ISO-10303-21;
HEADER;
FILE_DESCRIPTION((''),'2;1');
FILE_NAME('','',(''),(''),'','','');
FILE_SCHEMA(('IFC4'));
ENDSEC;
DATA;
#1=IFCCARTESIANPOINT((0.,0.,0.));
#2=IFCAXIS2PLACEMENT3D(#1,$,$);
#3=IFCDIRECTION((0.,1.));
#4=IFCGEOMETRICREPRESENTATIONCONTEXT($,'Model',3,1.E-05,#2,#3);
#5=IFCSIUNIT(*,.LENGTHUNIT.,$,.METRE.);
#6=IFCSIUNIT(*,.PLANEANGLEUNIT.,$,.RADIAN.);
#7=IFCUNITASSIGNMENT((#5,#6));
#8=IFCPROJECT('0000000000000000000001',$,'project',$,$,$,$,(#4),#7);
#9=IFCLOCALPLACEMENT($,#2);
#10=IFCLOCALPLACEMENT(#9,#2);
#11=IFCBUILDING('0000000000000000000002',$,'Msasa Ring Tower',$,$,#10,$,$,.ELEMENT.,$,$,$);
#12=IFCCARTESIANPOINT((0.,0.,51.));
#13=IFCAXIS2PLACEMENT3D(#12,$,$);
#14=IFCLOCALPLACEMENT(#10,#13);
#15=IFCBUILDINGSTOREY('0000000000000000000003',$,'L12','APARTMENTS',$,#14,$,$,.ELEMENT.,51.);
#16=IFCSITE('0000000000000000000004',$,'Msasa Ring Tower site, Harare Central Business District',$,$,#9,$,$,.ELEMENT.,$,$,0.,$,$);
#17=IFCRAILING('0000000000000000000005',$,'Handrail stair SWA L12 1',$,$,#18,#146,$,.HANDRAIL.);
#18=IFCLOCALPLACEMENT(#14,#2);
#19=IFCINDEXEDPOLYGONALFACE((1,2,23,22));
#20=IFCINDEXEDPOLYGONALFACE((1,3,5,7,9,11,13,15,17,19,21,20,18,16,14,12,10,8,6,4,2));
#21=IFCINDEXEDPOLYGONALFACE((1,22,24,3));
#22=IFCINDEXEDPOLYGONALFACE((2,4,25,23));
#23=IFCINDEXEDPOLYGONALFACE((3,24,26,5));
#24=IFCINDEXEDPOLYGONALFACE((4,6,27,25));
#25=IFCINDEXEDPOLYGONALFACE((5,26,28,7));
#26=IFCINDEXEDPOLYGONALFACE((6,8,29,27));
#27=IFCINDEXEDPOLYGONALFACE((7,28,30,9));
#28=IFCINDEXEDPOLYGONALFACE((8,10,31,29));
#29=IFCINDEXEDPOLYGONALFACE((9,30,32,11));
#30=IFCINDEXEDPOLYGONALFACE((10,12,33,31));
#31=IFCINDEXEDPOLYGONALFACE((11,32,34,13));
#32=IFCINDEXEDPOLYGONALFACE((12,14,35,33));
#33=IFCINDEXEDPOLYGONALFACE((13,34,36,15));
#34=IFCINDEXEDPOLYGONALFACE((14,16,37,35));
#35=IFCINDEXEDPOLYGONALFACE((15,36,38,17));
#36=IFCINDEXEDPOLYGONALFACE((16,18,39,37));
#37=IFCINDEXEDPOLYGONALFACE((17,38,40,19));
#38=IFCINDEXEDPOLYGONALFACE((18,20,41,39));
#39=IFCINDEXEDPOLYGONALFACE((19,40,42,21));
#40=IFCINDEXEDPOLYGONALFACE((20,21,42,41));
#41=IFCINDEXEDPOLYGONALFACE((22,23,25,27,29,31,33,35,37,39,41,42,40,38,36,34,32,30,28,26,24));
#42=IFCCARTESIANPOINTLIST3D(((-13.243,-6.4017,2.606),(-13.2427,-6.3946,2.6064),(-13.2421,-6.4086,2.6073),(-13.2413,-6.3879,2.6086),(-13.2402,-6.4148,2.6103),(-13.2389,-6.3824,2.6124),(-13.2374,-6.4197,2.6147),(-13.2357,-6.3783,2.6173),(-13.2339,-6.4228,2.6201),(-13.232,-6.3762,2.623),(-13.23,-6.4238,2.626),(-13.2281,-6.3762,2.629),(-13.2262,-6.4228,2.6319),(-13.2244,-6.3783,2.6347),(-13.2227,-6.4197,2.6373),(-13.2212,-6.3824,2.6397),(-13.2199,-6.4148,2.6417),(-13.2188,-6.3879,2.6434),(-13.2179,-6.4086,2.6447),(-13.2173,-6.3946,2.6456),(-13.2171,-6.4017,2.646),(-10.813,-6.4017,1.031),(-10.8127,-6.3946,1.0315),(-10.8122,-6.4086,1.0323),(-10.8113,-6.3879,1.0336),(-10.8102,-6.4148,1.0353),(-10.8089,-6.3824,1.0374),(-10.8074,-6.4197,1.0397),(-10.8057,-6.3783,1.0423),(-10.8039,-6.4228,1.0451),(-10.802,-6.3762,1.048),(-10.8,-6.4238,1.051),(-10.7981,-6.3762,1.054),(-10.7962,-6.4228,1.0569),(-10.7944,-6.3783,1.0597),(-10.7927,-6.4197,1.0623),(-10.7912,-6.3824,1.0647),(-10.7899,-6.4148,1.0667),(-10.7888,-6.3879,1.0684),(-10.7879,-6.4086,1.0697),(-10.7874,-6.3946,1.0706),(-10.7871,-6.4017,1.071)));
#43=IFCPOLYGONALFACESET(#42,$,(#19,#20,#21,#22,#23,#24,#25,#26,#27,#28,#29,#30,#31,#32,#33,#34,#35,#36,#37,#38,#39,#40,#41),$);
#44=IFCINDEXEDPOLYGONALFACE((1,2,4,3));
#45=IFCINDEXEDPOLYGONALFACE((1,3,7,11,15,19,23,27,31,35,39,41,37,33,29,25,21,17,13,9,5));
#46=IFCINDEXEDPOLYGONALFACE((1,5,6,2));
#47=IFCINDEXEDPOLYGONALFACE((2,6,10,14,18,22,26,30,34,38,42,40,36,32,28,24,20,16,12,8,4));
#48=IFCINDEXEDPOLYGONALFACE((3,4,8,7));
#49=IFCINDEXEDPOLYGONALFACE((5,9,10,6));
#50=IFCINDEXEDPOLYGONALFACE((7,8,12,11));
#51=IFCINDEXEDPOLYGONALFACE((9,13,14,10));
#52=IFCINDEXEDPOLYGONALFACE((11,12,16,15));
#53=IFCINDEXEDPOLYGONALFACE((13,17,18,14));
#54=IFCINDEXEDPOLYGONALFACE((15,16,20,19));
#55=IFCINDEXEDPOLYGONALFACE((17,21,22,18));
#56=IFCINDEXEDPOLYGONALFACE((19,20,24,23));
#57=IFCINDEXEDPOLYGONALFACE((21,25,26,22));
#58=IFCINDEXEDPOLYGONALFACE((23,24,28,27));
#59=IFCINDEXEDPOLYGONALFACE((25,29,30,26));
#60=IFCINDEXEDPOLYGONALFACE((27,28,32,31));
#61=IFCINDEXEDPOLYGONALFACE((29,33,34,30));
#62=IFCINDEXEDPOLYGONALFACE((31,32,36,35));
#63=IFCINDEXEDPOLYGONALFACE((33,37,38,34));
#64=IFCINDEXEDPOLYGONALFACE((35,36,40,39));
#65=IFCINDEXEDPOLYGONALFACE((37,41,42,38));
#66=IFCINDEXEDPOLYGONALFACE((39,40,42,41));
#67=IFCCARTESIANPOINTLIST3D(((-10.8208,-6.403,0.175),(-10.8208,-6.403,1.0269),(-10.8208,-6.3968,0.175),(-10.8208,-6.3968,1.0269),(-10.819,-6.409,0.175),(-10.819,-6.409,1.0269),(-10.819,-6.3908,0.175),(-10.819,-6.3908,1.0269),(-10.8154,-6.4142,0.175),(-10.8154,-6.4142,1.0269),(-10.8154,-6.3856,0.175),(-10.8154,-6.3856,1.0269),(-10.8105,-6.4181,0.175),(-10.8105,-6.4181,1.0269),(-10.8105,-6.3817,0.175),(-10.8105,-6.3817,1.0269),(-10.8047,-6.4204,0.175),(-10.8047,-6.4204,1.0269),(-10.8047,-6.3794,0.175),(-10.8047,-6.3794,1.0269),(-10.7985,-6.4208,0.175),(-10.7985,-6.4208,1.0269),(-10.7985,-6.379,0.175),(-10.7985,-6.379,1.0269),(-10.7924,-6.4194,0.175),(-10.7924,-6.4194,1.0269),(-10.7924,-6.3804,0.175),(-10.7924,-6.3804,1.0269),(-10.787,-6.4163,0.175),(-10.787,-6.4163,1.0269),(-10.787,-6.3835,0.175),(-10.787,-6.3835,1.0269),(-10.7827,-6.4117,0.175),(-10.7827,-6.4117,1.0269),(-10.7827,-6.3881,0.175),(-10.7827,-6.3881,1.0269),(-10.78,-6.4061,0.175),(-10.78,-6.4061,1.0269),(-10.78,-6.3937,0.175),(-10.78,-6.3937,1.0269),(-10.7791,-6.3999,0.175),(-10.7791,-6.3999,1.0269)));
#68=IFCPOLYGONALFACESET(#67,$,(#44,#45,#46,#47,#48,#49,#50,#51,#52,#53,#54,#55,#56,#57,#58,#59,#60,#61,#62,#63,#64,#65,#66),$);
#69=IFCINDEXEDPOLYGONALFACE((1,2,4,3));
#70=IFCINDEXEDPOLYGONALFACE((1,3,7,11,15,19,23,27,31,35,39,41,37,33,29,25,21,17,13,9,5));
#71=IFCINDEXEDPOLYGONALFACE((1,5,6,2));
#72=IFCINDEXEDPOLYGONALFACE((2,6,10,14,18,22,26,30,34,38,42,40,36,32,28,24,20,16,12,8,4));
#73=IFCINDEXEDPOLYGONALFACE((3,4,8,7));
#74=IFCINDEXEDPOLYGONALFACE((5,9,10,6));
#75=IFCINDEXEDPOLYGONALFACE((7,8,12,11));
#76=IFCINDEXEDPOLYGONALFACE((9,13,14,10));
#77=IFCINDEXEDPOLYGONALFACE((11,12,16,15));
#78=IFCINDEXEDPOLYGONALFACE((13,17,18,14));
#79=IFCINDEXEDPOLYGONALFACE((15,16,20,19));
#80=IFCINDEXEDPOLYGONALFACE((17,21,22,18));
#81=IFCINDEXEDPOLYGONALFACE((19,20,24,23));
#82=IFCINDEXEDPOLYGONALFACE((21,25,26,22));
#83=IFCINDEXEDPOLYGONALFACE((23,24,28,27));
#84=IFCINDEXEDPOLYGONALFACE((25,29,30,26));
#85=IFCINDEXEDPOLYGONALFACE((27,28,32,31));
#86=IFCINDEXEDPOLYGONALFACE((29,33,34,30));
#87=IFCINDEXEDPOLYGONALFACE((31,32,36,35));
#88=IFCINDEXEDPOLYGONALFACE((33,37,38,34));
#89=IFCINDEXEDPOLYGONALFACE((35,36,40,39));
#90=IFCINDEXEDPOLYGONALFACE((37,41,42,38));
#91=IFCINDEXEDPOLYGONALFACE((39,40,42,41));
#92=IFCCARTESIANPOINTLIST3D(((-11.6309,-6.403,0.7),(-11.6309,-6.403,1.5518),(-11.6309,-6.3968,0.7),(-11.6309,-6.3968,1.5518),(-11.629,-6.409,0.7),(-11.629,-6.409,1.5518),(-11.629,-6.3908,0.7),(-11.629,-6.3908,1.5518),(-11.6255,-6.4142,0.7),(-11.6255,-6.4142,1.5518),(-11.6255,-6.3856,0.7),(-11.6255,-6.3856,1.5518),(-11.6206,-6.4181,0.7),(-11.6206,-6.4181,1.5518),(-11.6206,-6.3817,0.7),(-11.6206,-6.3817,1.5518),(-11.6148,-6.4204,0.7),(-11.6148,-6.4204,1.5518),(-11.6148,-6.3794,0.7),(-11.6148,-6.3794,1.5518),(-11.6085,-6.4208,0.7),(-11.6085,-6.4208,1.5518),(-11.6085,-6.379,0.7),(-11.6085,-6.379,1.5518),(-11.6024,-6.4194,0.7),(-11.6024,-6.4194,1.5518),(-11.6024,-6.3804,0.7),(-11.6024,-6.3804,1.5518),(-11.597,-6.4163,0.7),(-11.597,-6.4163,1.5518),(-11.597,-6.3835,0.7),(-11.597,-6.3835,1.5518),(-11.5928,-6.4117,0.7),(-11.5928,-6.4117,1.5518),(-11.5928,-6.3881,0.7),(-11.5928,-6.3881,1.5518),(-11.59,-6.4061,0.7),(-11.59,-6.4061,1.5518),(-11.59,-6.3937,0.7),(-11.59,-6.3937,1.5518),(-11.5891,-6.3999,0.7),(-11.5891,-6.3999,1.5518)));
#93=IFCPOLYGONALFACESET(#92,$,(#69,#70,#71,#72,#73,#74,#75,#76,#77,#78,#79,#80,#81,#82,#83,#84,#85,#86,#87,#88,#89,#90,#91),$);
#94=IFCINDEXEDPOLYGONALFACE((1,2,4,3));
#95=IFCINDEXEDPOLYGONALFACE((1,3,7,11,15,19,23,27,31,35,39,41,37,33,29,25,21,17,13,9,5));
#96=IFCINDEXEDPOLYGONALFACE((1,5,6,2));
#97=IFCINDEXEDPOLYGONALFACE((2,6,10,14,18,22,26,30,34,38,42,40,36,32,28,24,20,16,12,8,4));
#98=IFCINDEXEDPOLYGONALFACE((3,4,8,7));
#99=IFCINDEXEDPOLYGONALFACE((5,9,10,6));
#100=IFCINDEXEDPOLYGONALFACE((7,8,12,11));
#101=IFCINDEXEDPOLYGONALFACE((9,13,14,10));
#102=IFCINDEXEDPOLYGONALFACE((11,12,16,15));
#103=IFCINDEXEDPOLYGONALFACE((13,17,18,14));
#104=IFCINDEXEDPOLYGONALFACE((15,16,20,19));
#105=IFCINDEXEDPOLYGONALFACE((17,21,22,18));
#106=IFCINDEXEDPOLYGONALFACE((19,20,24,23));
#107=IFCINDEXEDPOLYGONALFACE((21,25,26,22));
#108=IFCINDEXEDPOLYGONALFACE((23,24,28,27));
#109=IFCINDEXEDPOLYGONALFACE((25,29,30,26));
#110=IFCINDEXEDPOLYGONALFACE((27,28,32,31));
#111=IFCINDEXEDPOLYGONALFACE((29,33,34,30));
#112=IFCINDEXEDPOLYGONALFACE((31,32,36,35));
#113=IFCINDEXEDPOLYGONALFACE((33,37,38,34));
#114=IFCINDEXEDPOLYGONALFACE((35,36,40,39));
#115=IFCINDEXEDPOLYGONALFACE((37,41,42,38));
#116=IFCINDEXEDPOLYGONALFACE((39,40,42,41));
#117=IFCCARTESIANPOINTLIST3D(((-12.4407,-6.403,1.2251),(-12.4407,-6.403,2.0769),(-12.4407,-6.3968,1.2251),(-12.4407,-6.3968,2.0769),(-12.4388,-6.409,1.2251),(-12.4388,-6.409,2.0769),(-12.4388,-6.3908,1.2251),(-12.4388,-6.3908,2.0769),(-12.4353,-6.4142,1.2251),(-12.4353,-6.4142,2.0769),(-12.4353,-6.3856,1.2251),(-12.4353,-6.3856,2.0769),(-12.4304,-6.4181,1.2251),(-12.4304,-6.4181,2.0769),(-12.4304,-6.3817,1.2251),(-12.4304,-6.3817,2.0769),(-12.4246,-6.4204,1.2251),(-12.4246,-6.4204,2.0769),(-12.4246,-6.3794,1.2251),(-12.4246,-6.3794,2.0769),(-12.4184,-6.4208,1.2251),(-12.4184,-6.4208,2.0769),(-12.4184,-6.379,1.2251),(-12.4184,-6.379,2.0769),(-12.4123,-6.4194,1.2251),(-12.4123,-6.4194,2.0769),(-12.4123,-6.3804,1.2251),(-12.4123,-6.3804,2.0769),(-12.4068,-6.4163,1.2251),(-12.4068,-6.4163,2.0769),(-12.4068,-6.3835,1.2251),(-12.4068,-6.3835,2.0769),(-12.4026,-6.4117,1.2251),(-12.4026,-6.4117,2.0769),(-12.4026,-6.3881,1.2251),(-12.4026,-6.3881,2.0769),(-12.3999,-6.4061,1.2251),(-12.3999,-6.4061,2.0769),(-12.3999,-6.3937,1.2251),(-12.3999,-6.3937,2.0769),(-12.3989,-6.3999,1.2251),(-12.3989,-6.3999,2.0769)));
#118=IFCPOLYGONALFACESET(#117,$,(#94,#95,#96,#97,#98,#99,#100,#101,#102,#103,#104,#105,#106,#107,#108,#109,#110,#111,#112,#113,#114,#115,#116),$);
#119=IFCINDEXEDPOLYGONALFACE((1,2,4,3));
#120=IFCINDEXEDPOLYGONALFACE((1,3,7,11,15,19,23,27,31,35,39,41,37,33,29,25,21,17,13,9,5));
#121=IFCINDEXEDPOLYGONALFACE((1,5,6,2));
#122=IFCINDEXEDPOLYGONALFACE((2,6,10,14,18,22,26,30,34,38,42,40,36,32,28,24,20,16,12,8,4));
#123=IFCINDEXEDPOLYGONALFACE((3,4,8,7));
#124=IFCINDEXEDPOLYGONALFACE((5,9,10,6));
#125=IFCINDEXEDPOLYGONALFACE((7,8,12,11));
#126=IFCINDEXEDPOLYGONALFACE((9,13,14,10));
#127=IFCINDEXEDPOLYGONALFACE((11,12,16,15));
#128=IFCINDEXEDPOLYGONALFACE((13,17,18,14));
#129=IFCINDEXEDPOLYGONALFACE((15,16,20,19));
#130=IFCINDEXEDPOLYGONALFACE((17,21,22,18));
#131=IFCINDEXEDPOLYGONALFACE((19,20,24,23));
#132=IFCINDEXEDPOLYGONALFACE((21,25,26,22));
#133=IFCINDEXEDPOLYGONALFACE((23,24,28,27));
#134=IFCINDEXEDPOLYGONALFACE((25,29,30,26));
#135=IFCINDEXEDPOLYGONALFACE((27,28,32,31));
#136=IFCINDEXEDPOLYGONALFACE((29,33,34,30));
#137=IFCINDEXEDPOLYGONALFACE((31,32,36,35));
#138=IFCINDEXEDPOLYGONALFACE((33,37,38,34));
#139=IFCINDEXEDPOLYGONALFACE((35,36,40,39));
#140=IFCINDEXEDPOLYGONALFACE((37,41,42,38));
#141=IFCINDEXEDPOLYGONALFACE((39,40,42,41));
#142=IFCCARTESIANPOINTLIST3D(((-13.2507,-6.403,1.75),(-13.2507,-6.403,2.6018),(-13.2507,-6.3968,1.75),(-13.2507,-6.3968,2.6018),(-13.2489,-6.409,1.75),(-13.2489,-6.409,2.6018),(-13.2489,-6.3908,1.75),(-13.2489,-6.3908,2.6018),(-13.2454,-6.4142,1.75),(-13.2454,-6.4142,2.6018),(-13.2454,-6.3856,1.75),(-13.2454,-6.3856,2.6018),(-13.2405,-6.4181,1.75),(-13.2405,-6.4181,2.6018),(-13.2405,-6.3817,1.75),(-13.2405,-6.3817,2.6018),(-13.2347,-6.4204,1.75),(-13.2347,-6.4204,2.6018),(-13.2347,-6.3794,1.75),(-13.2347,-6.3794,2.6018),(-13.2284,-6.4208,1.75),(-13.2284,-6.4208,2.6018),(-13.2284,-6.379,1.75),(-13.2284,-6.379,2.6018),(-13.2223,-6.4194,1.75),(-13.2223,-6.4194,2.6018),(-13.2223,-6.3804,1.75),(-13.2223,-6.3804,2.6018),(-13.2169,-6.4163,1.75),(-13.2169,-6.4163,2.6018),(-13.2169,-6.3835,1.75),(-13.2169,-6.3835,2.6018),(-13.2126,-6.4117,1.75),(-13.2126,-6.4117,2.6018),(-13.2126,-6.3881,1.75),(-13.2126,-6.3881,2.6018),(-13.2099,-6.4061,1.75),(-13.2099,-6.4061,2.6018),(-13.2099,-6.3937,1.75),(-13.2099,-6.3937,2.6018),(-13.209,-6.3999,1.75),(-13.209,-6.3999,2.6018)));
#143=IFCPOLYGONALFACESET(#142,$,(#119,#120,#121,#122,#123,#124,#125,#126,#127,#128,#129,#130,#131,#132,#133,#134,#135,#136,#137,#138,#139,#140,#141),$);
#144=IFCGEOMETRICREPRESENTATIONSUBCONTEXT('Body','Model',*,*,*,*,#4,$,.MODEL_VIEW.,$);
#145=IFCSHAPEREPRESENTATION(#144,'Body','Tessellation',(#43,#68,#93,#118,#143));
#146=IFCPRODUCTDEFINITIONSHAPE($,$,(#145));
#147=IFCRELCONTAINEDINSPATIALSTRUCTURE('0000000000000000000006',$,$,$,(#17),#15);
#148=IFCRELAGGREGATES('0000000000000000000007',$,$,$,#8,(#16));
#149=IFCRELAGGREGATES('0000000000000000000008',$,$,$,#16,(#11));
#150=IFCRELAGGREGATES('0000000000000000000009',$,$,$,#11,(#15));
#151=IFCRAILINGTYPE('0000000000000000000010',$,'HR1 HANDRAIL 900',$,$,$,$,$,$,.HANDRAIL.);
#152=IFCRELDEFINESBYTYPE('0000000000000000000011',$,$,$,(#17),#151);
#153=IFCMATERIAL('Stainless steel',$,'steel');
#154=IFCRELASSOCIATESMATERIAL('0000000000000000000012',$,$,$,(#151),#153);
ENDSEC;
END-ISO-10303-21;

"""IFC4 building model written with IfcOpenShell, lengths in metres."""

from ifc_helpers import new_model, si_unit, direction, frame, origin, origin_2d, place, context, subcontext, project, spatial, circle, extrude, material, type_object, element, save


model = new_model("IFC4")

# Units and contexts
model_context = context("Model", 3, precision=1e-05, world=origin(), true_north=direction((0.0, 1.0)))
body_context = subcontext(model_context, "Body", "Model", "MODEL_VIEW")
ifc_project = project(units=[si_unit("LENGTHUNIT", "METRE"), si_unit("PLANEANGLEUNIT", "RADIAN")], contexts=[model_context])

# Site, building, storey
site_placement = place(None, origin())
site = spatial("IfcSite", under=ifc_project, at=site_placement, Name="Msasa Ring Tower site, Harare Central Business District", CompositionType="ELEMENT", RefElevation=0.0)
building_placement = place(site_placement, origin())
building = spatial("IfcBuilding", under=site, at=building_placement, Name="Msasa Ring Tower", CompositionType="ELEMENT")
storey_placement = place(building_placement, frame((0.0, 0.0, 51.0)))
storey = spatial("IfcBuildingStorey", under=building, at=storey_placement, Name="L12", Description="APARTMENTS", CompositionType="ELEMENT", Elevation=51.0)

# Railing
ifc_material_1 = material(Name="Stainless steel", Category="steel")
railing_type = type_object("IfcRailingType", Name="HR1 HANDRAIL 900", PredefinedType="HANDRAIL", material=ifc_material_1)
for number, where, name in (
    (1, (-10.8, -6.3999, 0.175), "Handrail stair SWA L12 1"),
):
    element("IfcRailing", number, at=place(storey_placement, frame(where)), inside=storey, type_object=railing_type, Name=name, PredefinedType="HANDRAIL", context=body_context, shape_type="SweptSolid", body=[
        extrude(circle(Radius=0.0239, at=origin_2d()), frame((0.0, 0.0, 0.876), z_axis=(-0.839154, 0.0, 0.543894), x_axis=(0.0, -1.0, 0.0)), (0.0, 0.0, 1.0), 2.8958),
        extrude(circle(Radius=0.021, at=origin_2d()), origin(), (0.0, 0.0, 1.0), 0.8518),
        extrude(circle(Radius=0.021, at=origin_2d()), frame((-0.8101, 0.0, 0.5249)), (0.0, 0.0, 1.0), 0.8518),
        extrude(circle(Radius=0.021, at=origin_2d()), frame((-1.6199, 0.0, 1.05)), (0.0, 0.0, 1.0), 0.8518),
        extrude(circle(Radius=0.021, at=origin_2d()), frame((-2.4299, 0.0, 1.575)), (0.0, 0.0, 1.0), 0.8518),
    ])

save(model, "model.ifc")
